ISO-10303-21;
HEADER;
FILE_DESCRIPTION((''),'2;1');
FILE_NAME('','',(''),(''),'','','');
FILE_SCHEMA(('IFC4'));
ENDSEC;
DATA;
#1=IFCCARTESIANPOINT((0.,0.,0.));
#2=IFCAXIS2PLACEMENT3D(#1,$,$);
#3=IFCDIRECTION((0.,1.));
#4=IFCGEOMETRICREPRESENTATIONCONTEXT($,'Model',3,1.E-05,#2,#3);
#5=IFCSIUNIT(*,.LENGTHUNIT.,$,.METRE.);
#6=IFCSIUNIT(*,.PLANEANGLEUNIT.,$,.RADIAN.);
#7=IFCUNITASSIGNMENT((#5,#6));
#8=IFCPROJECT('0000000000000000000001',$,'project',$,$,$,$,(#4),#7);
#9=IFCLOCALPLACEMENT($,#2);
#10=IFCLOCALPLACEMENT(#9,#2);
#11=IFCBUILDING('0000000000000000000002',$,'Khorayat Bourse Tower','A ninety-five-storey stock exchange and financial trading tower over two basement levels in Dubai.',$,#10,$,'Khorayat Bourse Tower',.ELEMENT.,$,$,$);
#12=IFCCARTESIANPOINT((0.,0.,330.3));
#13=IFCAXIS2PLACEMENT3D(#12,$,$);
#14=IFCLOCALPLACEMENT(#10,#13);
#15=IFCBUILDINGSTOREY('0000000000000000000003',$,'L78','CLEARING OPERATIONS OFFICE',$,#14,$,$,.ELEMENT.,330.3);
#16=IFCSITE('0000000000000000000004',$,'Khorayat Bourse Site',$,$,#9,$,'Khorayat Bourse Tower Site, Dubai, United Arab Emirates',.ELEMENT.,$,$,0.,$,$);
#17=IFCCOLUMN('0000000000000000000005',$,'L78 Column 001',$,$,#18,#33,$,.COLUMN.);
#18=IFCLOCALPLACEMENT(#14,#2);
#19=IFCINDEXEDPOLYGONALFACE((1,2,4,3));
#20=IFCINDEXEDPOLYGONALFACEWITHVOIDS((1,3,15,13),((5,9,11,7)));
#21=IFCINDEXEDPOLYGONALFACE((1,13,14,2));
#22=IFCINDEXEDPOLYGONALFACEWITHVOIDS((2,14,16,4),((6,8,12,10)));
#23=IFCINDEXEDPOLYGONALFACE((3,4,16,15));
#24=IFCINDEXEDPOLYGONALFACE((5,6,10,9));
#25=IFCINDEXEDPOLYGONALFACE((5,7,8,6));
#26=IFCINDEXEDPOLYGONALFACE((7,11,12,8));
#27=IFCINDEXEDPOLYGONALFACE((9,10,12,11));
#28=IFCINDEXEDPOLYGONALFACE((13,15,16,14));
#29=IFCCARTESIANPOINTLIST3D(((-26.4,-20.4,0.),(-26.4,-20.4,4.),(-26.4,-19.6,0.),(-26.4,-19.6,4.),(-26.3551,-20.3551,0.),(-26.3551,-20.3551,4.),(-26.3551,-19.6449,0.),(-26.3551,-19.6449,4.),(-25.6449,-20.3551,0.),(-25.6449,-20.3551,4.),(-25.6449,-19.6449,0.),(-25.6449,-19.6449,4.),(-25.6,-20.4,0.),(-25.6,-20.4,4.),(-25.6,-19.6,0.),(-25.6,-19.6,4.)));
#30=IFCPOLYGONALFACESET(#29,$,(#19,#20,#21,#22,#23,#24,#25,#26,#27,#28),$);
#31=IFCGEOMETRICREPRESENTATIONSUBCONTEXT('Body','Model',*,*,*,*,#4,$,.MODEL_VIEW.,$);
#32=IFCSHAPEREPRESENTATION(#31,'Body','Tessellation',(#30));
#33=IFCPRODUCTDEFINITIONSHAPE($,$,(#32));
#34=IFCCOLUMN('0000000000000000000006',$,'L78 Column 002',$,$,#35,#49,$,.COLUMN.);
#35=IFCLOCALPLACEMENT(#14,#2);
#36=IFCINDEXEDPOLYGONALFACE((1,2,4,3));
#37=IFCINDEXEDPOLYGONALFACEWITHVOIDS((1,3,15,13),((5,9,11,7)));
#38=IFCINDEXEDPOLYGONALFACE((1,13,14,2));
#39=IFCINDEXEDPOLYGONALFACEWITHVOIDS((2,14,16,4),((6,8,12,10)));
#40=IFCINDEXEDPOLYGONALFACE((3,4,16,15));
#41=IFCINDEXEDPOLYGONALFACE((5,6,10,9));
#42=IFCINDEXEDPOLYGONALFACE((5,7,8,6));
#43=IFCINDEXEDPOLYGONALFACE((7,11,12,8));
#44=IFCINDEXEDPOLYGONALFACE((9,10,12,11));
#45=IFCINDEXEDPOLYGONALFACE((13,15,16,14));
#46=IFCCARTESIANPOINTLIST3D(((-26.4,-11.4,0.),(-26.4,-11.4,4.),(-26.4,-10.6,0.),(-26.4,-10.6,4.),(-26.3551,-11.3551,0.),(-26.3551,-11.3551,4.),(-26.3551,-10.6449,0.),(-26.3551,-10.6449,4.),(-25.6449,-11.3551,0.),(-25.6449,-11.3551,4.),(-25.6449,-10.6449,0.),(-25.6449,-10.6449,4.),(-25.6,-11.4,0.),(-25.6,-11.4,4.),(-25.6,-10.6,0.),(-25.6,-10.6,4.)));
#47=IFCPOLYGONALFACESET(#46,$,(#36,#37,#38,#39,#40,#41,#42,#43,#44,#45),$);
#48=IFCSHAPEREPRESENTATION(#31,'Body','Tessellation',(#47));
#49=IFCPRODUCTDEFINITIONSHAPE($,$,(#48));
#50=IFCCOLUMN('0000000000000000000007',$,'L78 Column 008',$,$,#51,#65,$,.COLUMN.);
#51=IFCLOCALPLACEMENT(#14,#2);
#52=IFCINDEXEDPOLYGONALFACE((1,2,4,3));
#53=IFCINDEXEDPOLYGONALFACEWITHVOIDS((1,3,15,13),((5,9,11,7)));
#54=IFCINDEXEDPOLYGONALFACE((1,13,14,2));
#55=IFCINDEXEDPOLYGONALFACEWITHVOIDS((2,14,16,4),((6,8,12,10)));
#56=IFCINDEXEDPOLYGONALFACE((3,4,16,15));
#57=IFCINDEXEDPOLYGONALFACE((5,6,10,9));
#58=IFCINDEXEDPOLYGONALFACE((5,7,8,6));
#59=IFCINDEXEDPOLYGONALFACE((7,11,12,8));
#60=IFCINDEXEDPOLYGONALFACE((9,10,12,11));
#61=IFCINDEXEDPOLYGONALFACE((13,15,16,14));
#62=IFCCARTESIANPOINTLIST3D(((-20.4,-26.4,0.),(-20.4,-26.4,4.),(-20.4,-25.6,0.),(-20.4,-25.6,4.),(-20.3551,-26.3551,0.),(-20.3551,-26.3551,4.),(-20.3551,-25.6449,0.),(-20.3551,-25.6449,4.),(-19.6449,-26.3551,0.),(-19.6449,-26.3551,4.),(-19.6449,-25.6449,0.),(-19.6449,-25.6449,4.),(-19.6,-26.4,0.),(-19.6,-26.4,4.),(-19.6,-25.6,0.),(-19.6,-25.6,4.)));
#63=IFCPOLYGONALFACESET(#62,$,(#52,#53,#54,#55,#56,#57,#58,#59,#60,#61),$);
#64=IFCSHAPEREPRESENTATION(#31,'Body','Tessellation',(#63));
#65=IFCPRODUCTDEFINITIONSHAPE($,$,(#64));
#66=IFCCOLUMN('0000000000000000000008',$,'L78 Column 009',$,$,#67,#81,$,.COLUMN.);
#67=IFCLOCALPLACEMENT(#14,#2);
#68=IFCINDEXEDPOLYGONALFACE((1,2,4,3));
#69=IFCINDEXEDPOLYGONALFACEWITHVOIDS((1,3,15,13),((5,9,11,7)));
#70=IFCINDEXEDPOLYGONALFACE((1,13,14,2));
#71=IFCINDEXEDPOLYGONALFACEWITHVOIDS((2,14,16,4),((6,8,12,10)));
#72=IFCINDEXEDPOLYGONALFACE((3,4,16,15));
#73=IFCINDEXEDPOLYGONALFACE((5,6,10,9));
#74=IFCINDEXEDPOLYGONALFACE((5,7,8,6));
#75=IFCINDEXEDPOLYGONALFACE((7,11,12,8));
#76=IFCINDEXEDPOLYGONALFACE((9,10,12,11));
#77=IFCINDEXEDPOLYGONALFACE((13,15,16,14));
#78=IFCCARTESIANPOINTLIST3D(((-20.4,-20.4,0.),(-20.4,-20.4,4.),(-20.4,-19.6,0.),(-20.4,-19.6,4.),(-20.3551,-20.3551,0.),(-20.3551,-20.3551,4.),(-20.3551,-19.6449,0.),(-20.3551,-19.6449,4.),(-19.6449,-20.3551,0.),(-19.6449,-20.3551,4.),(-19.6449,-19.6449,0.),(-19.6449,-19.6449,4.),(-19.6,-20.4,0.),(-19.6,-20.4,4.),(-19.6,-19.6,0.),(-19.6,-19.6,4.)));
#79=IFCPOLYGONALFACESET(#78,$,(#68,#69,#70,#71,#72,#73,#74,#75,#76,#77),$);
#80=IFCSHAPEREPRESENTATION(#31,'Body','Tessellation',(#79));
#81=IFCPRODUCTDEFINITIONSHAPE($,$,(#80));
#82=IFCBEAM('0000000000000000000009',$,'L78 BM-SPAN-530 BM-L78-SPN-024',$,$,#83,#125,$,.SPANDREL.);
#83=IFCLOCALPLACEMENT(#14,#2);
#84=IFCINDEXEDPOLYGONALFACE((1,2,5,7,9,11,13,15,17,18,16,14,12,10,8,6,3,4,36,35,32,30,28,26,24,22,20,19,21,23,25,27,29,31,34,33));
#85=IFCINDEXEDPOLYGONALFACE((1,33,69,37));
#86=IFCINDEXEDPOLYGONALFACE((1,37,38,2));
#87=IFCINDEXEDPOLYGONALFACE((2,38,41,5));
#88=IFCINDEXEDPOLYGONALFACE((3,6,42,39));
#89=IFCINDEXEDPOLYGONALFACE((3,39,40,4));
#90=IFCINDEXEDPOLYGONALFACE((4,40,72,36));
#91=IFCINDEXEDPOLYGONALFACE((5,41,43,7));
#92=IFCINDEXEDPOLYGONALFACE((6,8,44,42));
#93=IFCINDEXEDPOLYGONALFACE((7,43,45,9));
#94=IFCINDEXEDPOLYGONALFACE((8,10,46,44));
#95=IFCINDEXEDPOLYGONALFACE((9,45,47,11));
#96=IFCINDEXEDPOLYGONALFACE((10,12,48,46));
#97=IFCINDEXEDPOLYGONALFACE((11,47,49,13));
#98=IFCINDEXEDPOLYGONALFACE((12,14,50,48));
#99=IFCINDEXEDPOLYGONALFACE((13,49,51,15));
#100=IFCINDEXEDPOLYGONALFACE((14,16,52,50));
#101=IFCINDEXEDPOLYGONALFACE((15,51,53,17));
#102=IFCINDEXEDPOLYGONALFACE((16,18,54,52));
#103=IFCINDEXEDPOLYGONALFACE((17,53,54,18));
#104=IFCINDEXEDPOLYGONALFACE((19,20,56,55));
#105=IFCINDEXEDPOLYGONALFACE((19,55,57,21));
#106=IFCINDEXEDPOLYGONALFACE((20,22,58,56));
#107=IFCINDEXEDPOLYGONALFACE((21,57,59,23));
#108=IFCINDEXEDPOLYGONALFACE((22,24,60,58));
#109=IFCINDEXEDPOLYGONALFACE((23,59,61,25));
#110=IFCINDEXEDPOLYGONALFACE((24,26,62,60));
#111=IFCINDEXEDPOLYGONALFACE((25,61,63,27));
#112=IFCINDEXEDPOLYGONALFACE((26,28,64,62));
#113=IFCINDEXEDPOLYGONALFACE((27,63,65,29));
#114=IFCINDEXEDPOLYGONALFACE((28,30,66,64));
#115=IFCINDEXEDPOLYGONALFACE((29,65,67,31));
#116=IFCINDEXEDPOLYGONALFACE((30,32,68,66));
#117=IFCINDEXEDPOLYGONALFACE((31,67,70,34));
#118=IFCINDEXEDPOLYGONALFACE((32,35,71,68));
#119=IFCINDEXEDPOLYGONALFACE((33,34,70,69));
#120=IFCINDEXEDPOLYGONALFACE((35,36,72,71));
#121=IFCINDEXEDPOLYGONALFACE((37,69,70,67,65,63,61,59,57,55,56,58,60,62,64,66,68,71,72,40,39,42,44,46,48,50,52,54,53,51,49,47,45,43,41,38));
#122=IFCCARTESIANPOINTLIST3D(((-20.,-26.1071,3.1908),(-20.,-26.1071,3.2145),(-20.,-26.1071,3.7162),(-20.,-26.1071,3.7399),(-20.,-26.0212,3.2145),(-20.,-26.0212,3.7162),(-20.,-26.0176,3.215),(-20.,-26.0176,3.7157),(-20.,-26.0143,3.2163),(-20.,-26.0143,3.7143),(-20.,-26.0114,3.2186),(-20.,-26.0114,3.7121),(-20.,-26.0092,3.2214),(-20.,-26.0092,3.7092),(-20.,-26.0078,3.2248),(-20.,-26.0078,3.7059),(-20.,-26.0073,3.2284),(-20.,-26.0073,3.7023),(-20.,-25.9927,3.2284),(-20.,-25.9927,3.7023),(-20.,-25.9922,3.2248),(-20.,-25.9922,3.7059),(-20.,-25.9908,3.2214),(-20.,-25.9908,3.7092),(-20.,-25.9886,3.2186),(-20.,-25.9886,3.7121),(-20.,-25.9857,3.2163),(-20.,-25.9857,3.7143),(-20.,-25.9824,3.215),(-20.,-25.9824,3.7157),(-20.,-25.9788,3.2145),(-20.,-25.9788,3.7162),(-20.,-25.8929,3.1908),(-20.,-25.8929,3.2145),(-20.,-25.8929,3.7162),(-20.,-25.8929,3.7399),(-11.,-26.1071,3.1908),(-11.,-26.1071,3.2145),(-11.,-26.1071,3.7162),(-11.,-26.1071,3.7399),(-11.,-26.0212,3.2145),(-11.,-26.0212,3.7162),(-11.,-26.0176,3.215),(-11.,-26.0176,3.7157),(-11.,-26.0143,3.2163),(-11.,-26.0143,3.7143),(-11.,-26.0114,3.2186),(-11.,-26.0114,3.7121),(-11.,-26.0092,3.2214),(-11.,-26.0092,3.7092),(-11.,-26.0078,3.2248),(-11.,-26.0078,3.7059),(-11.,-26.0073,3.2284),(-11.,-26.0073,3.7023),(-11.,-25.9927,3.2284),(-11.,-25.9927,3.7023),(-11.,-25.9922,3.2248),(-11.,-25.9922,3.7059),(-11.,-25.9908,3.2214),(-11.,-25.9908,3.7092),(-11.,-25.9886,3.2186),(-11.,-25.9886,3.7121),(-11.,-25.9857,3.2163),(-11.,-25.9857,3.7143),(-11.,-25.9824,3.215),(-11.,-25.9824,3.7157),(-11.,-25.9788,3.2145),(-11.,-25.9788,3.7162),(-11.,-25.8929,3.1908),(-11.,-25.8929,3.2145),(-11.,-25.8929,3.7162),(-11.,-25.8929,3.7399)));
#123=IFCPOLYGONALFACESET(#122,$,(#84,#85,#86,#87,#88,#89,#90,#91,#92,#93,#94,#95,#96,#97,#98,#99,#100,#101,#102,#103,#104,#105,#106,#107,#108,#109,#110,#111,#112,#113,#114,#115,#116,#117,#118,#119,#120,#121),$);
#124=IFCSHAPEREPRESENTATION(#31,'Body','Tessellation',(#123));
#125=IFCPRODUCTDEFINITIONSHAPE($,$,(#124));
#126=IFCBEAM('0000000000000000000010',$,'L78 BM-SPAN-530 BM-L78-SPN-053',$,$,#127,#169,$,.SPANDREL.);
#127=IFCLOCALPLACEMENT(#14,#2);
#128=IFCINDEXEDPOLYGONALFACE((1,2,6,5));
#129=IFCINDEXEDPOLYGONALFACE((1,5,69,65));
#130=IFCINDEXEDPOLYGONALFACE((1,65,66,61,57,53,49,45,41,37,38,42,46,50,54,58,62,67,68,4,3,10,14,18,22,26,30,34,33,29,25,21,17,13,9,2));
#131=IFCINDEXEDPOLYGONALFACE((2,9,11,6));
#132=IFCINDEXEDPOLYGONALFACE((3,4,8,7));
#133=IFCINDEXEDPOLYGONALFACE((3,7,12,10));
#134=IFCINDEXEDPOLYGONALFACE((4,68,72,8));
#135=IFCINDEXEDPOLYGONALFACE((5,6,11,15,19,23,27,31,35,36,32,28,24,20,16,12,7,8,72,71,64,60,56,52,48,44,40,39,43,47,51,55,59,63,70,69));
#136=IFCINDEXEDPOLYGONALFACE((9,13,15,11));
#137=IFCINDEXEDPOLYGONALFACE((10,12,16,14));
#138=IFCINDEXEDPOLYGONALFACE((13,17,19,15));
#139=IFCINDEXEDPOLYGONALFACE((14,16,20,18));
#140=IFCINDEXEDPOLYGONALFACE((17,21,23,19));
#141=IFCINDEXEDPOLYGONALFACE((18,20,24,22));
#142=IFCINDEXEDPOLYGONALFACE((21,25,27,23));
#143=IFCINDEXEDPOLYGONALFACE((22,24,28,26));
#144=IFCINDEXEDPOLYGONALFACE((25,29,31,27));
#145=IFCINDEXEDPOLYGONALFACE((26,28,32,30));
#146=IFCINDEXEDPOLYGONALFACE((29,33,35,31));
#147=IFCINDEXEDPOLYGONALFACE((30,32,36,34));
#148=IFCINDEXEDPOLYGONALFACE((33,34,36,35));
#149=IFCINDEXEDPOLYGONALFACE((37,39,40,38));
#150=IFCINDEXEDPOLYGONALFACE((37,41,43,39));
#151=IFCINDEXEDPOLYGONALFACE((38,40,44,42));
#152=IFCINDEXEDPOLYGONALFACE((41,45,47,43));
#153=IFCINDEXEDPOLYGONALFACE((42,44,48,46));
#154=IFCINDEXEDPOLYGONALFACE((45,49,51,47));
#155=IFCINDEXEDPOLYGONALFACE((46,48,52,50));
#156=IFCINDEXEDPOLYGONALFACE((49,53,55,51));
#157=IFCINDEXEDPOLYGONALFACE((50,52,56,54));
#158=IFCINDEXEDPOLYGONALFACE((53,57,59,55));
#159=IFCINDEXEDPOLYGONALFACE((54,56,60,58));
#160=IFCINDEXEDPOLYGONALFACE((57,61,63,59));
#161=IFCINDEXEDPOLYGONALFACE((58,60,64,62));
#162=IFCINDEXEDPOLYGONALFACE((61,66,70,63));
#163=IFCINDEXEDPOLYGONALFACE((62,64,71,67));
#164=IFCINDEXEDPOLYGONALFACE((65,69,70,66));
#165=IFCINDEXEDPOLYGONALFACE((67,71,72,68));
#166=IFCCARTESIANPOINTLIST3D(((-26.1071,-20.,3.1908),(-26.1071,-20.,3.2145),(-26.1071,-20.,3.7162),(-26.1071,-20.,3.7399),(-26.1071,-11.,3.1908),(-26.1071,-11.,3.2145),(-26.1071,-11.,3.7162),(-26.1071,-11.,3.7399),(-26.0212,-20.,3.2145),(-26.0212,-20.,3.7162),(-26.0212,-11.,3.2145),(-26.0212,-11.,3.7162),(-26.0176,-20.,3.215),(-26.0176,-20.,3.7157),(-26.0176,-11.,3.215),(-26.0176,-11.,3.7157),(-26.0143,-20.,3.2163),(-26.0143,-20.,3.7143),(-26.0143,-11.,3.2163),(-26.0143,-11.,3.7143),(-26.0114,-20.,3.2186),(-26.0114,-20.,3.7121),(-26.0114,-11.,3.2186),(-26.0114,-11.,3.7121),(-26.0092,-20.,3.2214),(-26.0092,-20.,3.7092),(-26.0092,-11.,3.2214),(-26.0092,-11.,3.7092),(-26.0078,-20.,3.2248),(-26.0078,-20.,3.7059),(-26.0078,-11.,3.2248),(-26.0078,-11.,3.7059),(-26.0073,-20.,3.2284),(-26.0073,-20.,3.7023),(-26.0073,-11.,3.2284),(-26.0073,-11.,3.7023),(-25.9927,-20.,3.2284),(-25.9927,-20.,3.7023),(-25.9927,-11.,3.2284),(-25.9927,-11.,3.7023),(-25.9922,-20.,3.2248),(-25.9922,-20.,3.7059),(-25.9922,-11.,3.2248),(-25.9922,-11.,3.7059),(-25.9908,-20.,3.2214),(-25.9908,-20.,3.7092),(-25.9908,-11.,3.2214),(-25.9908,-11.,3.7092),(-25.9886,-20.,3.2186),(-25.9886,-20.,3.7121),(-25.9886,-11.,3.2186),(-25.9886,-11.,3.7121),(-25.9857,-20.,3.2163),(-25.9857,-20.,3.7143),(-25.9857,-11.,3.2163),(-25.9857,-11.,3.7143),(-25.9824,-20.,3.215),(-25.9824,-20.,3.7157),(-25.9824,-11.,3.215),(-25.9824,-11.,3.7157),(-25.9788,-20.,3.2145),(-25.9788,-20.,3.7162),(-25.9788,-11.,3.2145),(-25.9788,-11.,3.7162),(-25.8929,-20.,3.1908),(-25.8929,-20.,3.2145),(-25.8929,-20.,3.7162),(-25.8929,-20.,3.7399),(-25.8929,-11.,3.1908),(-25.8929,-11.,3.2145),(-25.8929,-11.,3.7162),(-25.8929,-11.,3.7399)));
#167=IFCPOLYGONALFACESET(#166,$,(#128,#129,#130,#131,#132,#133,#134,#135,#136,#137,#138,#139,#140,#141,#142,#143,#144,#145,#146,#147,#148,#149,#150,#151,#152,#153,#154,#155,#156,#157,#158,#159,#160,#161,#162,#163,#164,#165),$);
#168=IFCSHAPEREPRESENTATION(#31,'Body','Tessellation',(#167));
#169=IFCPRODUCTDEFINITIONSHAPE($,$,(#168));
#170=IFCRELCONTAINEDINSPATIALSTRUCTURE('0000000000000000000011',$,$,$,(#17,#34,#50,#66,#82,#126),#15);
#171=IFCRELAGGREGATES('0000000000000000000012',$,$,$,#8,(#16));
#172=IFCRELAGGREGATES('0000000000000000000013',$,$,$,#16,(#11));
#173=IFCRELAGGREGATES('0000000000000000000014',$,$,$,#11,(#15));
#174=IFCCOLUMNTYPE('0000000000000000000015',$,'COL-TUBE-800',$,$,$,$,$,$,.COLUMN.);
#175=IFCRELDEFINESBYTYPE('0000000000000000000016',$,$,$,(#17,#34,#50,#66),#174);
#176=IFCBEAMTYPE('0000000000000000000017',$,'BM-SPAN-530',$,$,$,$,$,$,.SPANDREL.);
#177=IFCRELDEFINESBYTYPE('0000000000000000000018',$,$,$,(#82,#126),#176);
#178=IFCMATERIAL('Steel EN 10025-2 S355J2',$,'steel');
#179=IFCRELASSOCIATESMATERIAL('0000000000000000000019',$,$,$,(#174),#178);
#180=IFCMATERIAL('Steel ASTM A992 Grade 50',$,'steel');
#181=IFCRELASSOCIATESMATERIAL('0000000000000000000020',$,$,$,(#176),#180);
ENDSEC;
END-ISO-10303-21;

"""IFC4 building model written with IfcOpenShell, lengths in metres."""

from ifc_helpers import new_model, si_unit, direction, frame, origin, origin_2d, place, context, subcontext, project, spatial, hollow_rectangle, i_section, extrude, source, transform, mapped, material, material_profile, profile_set, type_object, element, save


model = new_model("IFC4")

# Units and contexts
model_context = context("Model", 3, precision=1e-05, world=origin(), true_north=direction((0.0, 1.0)))
body_context = subcontext(model_context, "Body", "Model", "MODEL_VIEW")
ifc_project = project(units=[si_unit("LENGTHUNIT", "METRE"), si_unit("PLANEANGLEUNIT", "RADIAN")], contexts=[model_context])

# Site, building, storey
site_placement = place(None, origin())
site = spatial("IfcSite", under=ifc_project, at=site_placement, Name="Khorayat Bourse Site", LongName="Khorayat Bourse Tower Site, Dubai, United Arab Emirates", CompositionType="ELEMENT", RefElevation=0.0)
building_placement = place(site_placement, origin())
building = spatial("IfcBuilding", under=site, at=building_placement, Name="Khorayat Bourse Tower", Description="A ninety-five-storey stock exchange and financial trading tower over two basement levels in Dubai.", LongName="Khorayat Bourse Tower", CompositionType="ELEMENT")
storey_placement = place(building_placement, frame((0.0, 0.0, 330.3)))
storey = spatial("IfcBuildingStorey", under=building, at=storey_placement, Name="L78", Description="CLEARING OPERATIONS OFFICE", CompositionType="ELEMENT", Elevation=330.3)

# Columns
ifc_material_1 = material(Name="Steel EN 10025-2 S355J2", Category="steel")
ifc_material_profile_1 = material_profile(ifc_material_1, hollow_rectangle(XDim=0.8, YDim=0.8, WallThickness=0.0449, at=origin_2d()), Name="BOX 800x800x45")
ifc_profile_set_1 = profile_set([ifc_material_profile_1], Name="Steel EN 10025-2 S355J2")
column_type = type_object("IfcColumnType", Name="COL-TUBE-800", PredefinedType="COLUMN", material=ifc_profile_set_1)
shared_shape_1 = source(origin(), body_context, "Body", "SweptSolid", [
    extrude(hollow_rectangle(XDim=0.8, YDim=0.8, WallThickness=0.0449, at=origin_2d()), origin(), (0.0, 0.0, 1.0), 4.0),
])
for number, where, z_axis, x_axis, name in (
    (1, (-26.0, -20.0, 0.0), (0.0, 0.0, 1.0), (1.0, 0.0, 0.0), "L78 Column 001"),
    (2, (-26.0, -11.0, 0.0), (0.0, 0.0, 1.0), (1.0, 0.0, 0.0), "L78 Column 002"),
    (3, (-20.0, -26.0, 0.0), (0.0, 0.0, 1.0), (1.0, 0.0, 0.0), "L78 Column 008"),
    (4, (-20.0, -20.0, 0.0), (0.0, 0.0, 1.0), (1.0, 0.0, 0.0), "L78 Column 009"),
):
    element("IfcColumn", number, at=place(storey_placement, frame(where, z_axis=z_axis, x_axis=x_axis)), inside=storey, type_object=column_type, Name=name, PredefinedType="COLUMN", context=body_context, shape_type="MappedRepresentation", body=[
        mapped(shared_shape_1, transform((0.0, 0.0, 0.0), scale=1.0)),
    ])

# Beams
ifc_material_2 = material(Name="Steel ASTM A992 Grade 50", Category="steel")
ifc_material_profile_2 = material_profile(ifc_material_2, i_section(OverallWidth=0.2141, OverallDepth=0.5491, WebThickness=0.0146, FlangeThickness=0.0237, FilletRadius=0.0139, at=origin_2d()), Name="W530X138")
ifc_profile_set_2 = profile_set([ifc_material_profile_2], Name="Steel ASTM A992 Grade 50")
beam_type_1 = type_object("IfcBeamType", Name="BM-SPAN-530", PredefinedType="SPANDREL", material=ifc_profile_set_2)
shared_shape_2 = source(origin(), body_context, "Body", "SweptSolid", [
    extrude(i_section(OverallWidth=0.2141, OverallDepth=0.5491, WebThickness=0.0146, FlangeThickness=0.0237, FilletRadius=0.0139, at=origin_2d()), origin(), (0.0, 0.0, 1.0), 9.0),
])
for number, where, z_axis, x_axis, name in (
    (5, (-20.0, -26.0, 3.4653), (1.0, 0.0, 0.0), (0.0, 1.0, 0.0), "L78 BM-SPAN-530 BM-L78-SPN-024"),
    (6, (-26.0, -20.0, 3.4653), (0.0, 1.0, 0.0), (-1.0, 0.0, 0.0), "L78 BM-SPAN-530 BM-L78-SPN-053"),
):
    element("IfcBeam", number, at=place(storey_placement, frame(where, z_axis=z_axis, x_axis=x_axis)), inside=storey, type_object=beam_type_1, Name=name, PredefinedType="SPANDREL", context=body_context, shape_type="MappedRepresentation", body=[
        mapped(shared_shape_2, transform((0.0, 0.0, 0.0), scale=1.0)),
    ])

save(model, "model.ifc")
